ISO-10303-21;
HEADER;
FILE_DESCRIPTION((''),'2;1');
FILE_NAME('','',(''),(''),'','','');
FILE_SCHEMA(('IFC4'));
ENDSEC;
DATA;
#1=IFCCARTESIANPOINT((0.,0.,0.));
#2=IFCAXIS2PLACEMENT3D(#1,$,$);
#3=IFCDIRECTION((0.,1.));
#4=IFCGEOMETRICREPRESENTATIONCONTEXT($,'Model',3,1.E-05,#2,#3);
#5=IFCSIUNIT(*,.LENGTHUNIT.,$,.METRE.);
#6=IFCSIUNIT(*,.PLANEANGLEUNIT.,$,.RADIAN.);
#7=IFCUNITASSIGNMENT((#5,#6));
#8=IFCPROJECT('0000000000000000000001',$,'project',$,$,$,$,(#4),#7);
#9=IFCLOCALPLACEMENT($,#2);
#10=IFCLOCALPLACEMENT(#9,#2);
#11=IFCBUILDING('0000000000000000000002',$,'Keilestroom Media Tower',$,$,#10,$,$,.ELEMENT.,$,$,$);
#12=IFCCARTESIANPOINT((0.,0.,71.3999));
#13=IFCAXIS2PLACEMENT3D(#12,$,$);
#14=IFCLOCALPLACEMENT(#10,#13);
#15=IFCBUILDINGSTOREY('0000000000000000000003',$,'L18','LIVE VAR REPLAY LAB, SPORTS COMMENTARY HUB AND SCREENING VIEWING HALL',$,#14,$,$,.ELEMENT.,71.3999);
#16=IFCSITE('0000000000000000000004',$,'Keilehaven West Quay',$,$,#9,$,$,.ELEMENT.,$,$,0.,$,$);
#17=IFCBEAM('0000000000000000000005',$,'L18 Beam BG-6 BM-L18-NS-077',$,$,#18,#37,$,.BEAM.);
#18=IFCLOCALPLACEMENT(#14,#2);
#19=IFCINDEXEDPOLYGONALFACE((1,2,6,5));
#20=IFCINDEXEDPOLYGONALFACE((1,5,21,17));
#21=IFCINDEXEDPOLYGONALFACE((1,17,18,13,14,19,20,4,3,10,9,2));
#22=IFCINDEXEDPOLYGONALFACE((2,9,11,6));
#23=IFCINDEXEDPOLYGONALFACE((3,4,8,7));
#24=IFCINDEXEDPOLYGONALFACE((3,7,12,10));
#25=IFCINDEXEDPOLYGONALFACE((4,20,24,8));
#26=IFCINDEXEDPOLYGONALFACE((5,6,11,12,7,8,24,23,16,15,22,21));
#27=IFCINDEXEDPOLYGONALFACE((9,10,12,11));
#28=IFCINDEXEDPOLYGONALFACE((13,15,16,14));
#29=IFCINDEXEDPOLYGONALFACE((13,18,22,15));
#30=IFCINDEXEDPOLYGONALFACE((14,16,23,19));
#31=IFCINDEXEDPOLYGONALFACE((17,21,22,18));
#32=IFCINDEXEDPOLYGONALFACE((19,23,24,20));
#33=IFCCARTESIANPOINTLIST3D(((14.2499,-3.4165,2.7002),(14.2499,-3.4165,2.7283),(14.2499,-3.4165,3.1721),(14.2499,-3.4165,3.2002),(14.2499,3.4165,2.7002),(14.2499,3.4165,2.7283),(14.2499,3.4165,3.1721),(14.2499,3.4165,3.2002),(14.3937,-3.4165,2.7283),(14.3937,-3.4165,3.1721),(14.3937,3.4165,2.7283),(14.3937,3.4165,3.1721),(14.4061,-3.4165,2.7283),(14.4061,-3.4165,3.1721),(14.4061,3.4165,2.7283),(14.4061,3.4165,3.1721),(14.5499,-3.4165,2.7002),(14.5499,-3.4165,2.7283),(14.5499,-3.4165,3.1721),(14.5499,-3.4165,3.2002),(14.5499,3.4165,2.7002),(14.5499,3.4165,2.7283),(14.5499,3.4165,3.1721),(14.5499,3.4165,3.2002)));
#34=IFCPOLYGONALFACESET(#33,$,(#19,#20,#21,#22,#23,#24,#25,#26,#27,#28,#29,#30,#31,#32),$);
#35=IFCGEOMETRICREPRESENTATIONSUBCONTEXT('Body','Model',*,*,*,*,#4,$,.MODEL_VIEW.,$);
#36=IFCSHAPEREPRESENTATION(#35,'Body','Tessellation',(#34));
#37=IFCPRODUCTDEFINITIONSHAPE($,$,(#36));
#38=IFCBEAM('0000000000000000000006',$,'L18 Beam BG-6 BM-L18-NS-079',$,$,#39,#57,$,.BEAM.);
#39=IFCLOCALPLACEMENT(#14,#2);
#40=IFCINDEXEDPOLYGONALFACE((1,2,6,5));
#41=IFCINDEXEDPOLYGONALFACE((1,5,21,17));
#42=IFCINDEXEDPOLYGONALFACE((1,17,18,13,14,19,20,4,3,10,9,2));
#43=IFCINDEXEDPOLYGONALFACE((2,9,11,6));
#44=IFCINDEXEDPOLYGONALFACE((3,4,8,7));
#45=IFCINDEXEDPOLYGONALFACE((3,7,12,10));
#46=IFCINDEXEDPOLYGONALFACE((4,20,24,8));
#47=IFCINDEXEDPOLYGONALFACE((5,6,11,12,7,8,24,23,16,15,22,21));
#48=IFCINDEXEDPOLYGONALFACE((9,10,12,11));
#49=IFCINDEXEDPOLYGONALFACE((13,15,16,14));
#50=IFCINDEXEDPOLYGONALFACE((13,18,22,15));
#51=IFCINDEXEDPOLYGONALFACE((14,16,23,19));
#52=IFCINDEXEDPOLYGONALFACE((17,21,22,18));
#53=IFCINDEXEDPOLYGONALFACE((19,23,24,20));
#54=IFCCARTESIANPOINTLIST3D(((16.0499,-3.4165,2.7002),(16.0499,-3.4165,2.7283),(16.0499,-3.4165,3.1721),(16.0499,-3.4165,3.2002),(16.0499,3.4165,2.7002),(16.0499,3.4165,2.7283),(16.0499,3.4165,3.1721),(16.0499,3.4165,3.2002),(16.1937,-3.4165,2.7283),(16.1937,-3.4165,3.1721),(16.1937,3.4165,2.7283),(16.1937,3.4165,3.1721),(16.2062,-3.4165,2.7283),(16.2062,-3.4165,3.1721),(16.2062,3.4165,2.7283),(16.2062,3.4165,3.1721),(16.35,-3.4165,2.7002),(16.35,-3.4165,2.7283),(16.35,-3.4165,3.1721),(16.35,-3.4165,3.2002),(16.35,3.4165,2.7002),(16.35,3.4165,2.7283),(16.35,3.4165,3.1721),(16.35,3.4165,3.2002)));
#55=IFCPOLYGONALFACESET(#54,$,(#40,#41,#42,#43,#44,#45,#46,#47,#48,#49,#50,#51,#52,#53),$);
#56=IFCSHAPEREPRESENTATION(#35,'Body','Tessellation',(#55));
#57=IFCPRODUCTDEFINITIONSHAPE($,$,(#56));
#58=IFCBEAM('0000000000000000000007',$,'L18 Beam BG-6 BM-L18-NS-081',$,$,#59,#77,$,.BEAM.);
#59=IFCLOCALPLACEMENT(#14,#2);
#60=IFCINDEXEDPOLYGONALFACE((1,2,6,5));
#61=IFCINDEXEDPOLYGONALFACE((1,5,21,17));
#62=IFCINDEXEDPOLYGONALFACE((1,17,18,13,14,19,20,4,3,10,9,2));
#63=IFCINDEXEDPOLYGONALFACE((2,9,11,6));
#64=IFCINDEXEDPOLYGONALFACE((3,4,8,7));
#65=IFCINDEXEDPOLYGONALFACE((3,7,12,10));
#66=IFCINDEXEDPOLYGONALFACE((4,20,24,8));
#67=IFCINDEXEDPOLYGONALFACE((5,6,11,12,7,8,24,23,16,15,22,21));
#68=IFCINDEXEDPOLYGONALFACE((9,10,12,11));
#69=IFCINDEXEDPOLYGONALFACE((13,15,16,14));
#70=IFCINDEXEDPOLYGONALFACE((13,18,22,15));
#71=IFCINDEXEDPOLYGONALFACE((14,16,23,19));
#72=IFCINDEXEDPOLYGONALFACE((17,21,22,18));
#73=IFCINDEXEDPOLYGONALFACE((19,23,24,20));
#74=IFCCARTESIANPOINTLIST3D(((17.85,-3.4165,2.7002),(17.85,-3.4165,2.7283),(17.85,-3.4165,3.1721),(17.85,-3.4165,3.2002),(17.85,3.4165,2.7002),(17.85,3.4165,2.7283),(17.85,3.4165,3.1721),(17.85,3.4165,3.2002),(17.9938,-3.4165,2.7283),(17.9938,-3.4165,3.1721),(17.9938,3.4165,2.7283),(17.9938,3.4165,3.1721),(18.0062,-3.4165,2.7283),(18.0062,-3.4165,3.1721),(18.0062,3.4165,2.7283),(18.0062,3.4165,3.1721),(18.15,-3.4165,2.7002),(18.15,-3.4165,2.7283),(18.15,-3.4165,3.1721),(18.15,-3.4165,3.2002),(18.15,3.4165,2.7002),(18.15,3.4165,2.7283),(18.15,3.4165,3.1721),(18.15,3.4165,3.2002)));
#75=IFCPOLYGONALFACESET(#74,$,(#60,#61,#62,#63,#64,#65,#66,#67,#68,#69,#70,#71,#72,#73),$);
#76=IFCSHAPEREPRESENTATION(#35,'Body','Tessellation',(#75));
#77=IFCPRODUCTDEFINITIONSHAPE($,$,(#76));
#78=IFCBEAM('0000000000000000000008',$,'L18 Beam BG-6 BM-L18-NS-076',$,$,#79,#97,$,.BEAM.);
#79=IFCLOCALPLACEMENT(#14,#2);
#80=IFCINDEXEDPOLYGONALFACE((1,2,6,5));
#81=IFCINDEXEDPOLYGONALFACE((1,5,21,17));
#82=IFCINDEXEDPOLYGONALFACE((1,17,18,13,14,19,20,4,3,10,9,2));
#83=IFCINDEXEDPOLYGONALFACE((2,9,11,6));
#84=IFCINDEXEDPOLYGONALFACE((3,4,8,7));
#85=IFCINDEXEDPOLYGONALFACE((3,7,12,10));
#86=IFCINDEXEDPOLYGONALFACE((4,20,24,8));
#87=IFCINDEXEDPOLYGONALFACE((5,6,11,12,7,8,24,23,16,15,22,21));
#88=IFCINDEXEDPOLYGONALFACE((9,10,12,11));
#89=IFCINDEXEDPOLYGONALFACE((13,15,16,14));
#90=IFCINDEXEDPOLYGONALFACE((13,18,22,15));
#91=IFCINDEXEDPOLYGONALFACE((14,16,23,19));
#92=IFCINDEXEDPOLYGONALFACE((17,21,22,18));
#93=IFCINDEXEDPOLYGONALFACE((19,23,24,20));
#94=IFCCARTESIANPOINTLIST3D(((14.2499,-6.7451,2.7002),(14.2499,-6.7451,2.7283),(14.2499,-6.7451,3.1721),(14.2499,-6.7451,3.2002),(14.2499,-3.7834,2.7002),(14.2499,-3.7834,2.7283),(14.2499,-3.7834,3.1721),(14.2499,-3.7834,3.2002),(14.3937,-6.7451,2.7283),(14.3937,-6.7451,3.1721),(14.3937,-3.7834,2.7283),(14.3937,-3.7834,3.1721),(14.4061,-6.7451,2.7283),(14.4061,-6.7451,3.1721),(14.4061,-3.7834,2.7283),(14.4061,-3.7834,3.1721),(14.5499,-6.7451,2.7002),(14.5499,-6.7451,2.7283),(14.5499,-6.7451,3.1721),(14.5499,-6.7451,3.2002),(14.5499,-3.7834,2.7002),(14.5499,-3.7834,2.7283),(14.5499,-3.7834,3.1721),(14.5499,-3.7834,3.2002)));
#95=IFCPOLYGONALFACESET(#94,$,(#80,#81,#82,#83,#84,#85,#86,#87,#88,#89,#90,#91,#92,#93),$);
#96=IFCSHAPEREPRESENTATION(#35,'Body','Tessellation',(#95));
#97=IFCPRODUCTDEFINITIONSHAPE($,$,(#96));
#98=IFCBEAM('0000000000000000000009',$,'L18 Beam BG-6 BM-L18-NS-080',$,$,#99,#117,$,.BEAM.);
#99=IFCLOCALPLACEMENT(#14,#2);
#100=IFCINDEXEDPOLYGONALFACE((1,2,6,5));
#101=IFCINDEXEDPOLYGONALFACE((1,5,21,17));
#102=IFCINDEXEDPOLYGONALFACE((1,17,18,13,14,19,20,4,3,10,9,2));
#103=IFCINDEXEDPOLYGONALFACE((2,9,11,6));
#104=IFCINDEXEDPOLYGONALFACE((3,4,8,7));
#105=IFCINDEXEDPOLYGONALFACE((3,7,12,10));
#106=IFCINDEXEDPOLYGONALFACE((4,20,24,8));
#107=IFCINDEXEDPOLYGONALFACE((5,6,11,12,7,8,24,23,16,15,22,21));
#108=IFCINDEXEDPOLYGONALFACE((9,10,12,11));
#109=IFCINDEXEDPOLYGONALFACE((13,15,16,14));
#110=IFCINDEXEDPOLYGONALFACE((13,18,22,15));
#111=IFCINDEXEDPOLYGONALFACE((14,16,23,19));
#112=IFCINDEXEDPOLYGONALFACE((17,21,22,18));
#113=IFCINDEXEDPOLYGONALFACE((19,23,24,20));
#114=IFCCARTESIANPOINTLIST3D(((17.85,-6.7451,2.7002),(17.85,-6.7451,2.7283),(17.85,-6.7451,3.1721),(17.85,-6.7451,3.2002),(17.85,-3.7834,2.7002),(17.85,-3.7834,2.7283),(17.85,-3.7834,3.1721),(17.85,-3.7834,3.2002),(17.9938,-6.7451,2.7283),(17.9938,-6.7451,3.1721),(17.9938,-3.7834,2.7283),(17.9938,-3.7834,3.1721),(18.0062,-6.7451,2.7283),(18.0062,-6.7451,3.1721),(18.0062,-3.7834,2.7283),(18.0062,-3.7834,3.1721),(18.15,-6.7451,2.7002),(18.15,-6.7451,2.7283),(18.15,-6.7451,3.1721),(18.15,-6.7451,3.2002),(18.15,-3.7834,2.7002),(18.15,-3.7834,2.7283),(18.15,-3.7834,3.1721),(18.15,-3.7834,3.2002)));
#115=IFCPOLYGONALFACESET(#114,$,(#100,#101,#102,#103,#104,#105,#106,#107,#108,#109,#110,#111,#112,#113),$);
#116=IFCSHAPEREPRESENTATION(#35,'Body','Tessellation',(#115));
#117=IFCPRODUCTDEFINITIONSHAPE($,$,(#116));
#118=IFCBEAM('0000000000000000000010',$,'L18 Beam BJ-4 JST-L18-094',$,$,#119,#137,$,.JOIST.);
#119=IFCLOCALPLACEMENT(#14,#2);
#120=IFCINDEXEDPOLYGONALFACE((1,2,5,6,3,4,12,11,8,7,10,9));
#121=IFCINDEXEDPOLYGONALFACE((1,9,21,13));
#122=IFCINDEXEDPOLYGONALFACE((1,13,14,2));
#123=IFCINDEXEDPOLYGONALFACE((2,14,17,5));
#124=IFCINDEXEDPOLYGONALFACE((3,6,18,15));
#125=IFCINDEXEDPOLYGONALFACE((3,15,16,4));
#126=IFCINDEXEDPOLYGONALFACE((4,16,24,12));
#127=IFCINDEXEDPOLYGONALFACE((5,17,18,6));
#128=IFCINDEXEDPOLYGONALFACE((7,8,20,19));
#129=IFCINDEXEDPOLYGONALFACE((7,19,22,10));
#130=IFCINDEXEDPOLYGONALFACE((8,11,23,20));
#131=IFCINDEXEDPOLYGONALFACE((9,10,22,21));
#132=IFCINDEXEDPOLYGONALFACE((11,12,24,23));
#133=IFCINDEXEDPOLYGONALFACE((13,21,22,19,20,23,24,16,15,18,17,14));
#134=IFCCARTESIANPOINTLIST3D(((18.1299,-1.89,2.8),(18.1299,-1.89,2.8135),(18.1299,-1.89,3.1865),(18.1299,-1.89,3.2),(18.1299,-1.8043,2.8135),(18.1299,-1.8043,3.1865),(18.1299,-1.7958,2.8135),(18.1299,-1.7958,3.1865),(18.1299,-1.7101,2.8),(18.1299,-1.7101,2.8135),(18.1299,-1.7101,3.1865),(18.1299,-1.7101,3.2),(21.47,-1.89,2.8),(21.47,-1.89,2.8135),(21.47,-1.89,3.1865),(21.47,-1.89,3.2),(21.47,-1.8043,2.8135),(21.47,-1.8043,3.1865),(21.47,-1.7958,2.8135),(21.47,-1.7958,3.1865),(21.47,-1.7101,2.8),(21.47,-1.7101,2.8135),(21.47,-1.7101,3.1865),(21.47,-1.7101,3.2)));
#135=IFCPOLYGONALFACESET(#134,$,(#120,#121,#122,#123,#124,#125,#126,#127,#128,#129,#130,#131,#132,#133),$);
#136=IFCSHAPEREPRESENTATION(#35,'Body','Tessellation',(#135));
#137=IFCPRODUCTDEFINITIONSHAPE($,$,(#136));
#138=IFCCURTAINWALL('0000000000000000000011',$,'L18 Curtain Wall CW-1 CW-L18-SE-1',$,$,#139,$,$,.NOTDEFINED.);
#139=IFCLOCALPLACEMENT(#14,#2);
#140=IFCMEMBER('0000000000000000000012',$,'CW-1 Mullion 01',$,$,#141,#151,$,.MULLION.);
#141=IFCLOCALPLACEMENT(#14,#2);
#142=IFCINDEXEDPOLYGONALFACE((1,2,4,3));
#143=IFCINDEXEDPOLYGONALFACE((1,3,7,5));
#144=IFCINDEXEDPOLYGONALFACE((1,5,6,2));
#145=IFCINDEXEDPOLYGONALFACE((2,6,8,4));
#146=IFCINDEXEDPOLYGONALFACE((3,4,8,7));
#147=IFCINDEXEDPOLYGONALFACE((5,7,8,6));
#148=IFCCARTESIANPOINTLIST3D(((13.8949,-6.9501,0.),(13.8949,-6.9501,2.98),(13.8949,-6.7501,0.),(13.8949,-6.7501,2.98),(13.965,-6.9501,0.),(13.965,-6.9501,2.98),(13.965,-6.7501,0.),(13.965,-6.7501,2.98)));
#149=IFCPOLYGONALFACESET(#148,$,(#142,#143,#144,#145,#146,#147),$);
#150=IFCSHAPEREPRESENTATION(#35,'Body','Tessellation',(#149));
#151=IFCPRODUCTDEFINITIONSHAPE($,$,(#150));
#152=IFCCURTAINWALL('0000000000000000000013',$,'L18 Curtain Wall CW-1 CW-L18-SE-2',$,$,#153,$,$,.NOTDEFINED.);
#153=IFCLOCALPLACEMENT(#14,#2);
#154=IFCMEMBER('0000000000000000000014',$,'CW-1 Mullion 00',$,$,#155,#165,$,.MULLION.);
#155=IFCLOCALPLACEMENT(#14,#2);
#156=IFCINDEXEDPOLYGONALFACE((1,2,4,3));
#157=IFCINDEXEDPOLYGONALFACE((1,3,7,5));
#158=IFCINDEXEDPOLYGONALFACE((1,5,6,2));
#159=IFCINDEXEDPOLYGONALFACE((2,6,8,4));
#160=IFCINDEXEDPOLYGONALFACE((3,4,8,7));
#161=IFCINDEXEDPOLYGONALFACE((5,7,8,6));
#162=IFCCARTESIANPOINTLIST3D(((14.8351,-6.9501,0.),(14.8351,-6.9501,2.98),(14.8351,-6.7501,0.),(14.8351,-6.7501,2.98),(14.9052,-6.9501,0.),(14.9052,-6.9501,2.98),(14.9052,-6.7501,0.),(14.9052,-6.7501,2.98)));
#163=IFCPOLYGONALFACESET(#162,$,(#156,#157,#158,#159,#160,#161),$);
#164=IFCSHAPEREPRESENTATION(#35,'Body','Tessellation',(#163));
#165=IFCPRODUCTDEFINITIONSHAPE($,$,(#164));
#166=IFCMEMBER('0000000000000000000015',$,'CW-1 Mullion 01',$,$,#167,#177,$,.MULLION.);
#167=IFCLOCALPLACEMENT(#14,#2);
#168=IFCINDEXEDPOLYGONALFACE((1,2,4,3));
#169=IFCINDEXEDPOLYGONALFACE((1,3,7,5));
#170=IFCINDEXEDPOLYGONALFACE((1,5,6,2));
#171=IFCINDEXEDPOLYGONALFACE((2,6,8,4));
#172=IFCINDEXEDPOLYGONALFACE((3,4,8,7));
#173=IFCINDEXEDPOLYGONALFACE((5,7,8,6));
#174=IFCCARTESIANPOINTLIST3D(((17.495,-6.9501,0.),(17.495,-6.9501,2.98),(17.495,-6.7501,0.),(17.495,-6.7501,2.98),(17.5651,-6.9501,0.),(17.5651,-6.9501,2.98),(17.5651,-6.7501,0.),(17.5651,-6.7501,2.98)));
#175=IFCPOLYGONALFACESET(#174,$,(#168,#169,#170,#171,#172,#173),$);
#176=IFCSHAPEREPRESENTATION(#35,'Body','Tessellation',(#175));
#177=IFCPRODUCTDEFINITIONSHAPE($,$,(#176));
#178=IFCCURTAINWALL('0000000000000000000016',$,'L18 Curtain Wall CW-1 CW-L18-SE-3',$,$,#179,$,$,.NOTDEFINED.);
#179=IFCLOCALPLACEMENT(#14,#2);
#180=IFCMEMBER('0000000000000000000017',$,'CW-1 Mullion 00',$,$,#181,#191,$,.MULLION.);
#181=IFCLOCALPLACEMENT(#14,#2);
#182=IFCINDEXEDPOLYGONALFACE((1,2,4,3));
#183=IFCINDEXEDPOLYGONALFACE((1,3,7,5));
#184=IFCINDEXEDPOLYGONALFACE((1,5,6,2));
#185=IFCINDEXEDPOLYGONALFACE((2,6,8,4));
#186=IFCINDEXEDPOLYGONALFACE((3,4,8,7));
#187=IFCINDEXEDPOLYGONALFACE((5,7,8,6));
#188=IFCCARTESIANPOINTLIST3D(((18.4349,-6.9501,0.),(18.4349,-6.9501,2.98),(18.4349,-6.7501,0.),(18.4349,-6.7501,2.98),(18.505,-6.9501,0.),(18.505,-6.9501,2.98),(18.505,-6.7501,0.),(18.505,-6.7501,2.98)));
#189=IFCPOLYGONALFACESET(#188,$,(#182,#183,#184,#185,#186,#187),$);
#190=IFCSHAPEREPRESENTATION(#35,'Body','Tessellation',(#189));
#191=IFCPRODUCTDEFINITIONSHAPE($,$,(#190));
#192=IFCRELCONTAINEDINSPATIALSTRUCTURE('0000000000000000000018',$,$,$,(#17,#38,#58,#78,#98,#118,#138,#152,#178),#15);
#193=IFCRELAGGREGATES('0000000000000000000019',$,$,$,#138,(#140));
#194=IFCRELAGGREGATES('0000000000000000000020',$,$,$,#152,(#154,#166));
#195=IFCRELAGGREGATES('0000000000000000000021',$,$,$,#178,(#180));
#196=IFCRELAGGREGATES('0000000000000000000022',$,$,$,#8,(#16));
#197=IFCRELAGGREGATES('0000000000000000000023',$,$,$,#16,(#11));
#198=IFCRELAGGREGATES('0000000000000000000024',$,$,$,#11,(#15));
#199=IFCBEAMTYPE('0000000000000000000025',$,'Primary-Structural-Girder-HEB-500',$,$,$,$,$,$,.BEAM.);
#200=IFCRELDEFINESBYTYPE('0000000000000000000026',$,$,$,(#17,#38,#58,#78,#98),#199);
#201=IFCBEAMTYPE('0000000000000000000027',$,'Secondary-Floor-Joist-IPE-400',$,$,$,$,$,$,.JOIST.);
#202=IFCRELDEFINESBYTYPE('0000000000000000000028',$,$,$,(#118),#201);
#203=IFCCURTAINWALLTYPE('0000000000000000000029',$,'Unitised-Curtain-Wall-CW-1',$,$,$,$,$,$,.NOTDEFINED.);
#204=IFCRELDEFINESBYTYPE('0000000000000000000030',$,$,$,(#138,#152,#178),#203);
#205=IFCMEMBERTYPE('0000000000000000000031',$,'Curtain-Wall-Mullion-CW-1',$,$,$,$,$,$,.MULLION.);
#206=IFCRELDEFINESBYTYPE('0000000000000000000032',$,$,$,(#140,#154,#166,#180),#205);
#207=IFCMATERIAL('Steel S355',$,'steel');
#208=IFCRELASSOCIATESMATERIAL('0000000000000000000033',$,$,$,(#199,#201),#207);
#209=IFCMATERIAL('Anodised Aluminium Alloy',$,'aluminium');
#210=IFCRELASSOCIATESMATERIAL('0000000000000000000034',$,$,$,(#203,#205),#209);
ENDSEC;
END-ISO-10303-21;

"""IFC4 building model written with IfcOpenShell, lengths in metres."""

from ifc_helpers import new_model, si_unit, direction, frame, origin, origin_2d, place, context, subcontext, project, spatial, rectangle, i_section, extrude, source, transform, mapped, material, material_profile, profile_set, type_object, element, aggregate, save


model = new_model("IFC4")

# Units and contexts
model_context = context("Model", 3, precision=1e-05, world=origin(), true_north=direction((0.0, 1.0)))
body_context = subcontext(model_context, "Body", "Model", "MODEL_VIEW")
ifc_project = project(units=[si_unit("LENGTHUNIT", "METRE"), si_unit("PLANEANGLEUNIT", "RADIAN")], contexts=[model_context])

# Site, building, storey
site_placement = place(None, origin())
site = spatial("IfcSite", under=ifc_project, at=site_placement, Name="Keilehaven West Quay", CompositionType="ELEMENT", RefElevation=0.0)
building_placement = place(site_placement, origin())
building = spatial("IfcBuilding", under=site, at=building_placement, Name="Keilestroom Media Tower", CompositionType="ELEMENT")
storey_placement = place(building_placement, frame((0.0, 0.0, 71.3999)))
storey = spatial("IfcBuildingStorey", under=building, at=storey_placement, Name="L18", Description="LIVE VAR REPLAY LAB, SPORTS COMMENTARY HUB AND SCREENING VIEWING HALL", CompositionType="ELEMENT", Elevation=71.3999)

# Beams
ifc_material_1 = material(Name="Steel S355", Category="steel")
ifc_material_profile_1 = material_profile(ifc_material_1, i_section(OverallWidth=0.3, OverallDepth=0.5, WebThickness=0.0125, FlangeThickness=0.0281, at=origin_2d()), Name="HEB 500")
ifc_profile_set_1 = profile_set([ifc_material_profile_1], Name="Steel S355")
beam_type_1 = type_object("IfcBeamType", Name="Primary-Structural-Girder-HEB-500", PredefinedType="BEAM", material=ifc_profile_set_1)
shared_shape_1 = source(origin(), body_context, "Body", "SweptSolid", [
    extrude(i_section(OverallWidth=0.3, OverallDepth=0.5, WebThickness=0.0125, FlangeThickness=0.0281, at=origin_2d()), origin(), (0.0, 0.0, 1.0), 6.833),
])
for number, where, z_axis, x_axis, name in (
    (1, (14.3999, -3.4165, 2.9502), (0.0, 1.0, 0.0), (-1.0, 0.0, 0.0), "L18 Beam BG-6 BM-L18-NS-077"),
    (2, (16.2, -3.4165, 2.9502), (0.0, 1.0, 0.0), (-1.0, 0.0, 0.0), "L18 Beam BG-6 BM-L18-NS-079"),
    (3, (18.0, -3.4165, 2.9502), (0.0, 1.0, 0.0), (-1.0, 0.0, 0.0), "L18 Beam BG-6 BM-L18-NS-081"),
):
    element("IfcBeam", number, at=place(storey_placement, frame(where, z_axis=z_axis, x_axis=x_axis)), inside=storey, type_object=beam_type_1, Name=name, PredefinedType="BEAM", context=body_context, shape_type="MappedRepresentation", body=[
        mapped(shared_shape_1, transform((0.0, 0.0, 0.0), x_axis=(1.0, 0.0, 0.0), y_axis=(0.0, 1.0, 0.0), z_axis=(0.0, 0.0, 1.0), scale=1.0)),
    ])
shared_shape_2 = source(origin(), body_context, "Body", "SweptSolid", [
    extrude(i_section(OverallWidth=0.3, OverallDepth=0.5, WebThickness=0.0125, FlangeThickness=0.0281, at=origin_2d()), origin(), (0.0, 0.0, 1.0), 2.9617),
])
for number, where, z_axis, x_axis, name in (
    (4, (14.3999, -6.7451, 2.9502), (0.0, 1.0, 0.0), (-1.0, 0.0, 0.0), "L18 Beam BG-6 BM-L18-NS-076"),
    (5, (18.0, -6.7451, 2.9502), (0.0, 1.0, 0.0), (-1.0, 0.0, 0.0), "L18 Beam BG-6 BM-L18-NS-080"),
):
    element("IfcBeam", number, at=place(storey_placement, frame(where, z_axis=z_axis, x_axis=x_axis)), inside=storey, type_object=beam_type_1, Name=name, PredefinedType="BEAM", context=body_context, shape_type="MappedRepresentation", body=[
        mapped(shared_shape_2, transform((0.0, 0.0, 0.0), x_axis=(1.0, 0.0, 0.0), y_axis=(0.0, 1.0, 0.0), z_axis=(0.0, 0.0, 1.0), scale=1.0)),
    ])
ifc_material_profile_2 = material_profile(ifc_material_1, i_section(OverallWidth=0.1799, OverallDepth=0.3999, WebThickness=0.0085, FlangeThickness=0.0134, at=origin_2d()), Name="IPE 400")
ifc_profile_set_2 = profile_set([ifc_material_profile_2], Name="Steel S355")
beam_type_2 = type_object("IfcBeamType", Name="Secondary-Floor-Joist-IPE-400", PredefinedType="JOIST", material=ifc_profile_set_2)
shared_shape_3 = source(origin(), body_context, "Body", "SweptSolid", [
    extrude(i_section(OverallWidth=0.1799, OverallDepth=0.3999, WebThickness=0.0085, FlangeThickness=0.0134, at=origin_2d()), origin(), (0.0, 0.0, 1.0), 3.3401),
])
beam_1_placement = place(storey_placement, frame((18.1299, -1.8, 3.0), z_axis=(1.0, 0.0, 0.0), x_axis=(0.0, 1.0, 0.0)))
element("IfcBeam", 6, at=beam_1_placement, inside=storey, type_object=beam_type_2, Name="L18 Beam BJ-4 JST-L18-094", PredefinedType="JOIST", context=body_context, shape_type="MappedRepresentation", body=[
    mapped(shared_shape_3, transform((0.0, 0.0, 0.0), x_axis=(1.0, 0.0, 0.0), y_axis=(0.0, 1.0, 0.0), z_axis=(0.0, 0.0, 1.0), scale=1.0)),
])

# Curtain wall, member
ifc_material_2 = material(Name="Anodised Aluminium Alloy", Category="aluminium")
curtain_wall_type = type_object("IfcCurtainWallType", Name="Unitised-Curtain-Wall-CW-1", PredefinedType="NOTDEFINED", material=ifc_material_2)
curtain_wall_1_placement = place(storey_placement, origin())
curtain_wall_1 = element("IfcCurtainWall", 7, at=curtain_wall_1_placement, inside=storey, type_object=curtain_wall_type, Name="L18 Curtain Wall CW-1 CW-L18-SE-1", PredefinedType="NOTDEFINED")
ifc_material_profile_3 = material_profile(ifc_material_2, rectangle(XDim=0.0701, YDim=0.2, at=origin_2d()), Name="ALU MULLION 70x200")
ifc_profile_set_3 = profile_set([ifc_material_profile_3], Name="Anodised Aluminium Alloy")
member_type_1 = type_object("IfcMemberType", Name="Curtain-Wall-Mullion-CW-1", PredefinedType="MULLION", material=ifc_profile_set_3)
shared_shape_4 = source(origin(), body_context, "Body", "SweptSolid", [
    extrude(rectangle(XDim=0.0701, YDim=0.2, at=origin_2d()), origin(), (0.0, 0.0, 1.0), 2.98),
])
member_1_placement = place(storey_placement, frame((13.9299, -6.8501, 0.0), z_axis=(0.0, 0.0, 1.0), x_axis=(1.0, 0.0, 0.0)))
member_1 = element("IfcMember", 8, at=member_1_placement, type_object=member_type_1, Name="CW-1 Mullion 01", PredefinedType="MULLION", context=body_context, shape_type="MappedRepresentation", body=[
    mapped(shared_shape_4, transform((0.0, 0.0, 0.0), x_axis=(1.0, 0.0, 0.0), y_axis=(0.0, 1.0, 0.0), z_axis=(0.0, 0.0, 1.0), scale=1.0)),
])
aggregate(curtain_wall_1, [member_1])

# Curtain walls, members
curtain_wall_2_placement = place(storey_placement, origin())
curtain_wall_2 = element("IfcCurtainWall", 9, at=curtain_wall_2_placement, inside=storey, type_object=curtain_wall_type, Name="L18 Curtain Wall CW-1 CW-L18-SE-2", PredefinedType="NOTDEFINED")
member_2_placement = place(storey_placement, frame((14.8701, -6.8501, 0.0), z_axis=(0.0, 0.0, 1.0), x_axis=(1.0, 0.0, 0.0)))
member_2 = element("IfcMember", 10, at=member_2_placement, type_object=member_type_1, Name="CW-1 Mullion 00", PredefinedType="MULLION", context=body_context, shape_type="MappedRepresentation", body=[
    mapped(shared_shape_4, transform((0.0, 0.0, 0.0), x_axis=(1.0, 0.0, 0.0), y_axis=(0.0, 1.0, 0.0), z_axis=(0.0, 0.0, 1.0), scale=1.0)),
])
member_3_placement = place(storey_placement, frame((17.53, -6.8501, 0.0), z_axis=(0.0, 0.0, 1.0), x_axis=(1.0, 0.0, 0.0)))
member_3 = element("IfcMember", 11, at=member_3_placement, type_object=member_type_1, Name="CW-1 Mullion 01", PredefinedType="MULLION", context=body_context, shape_type="MappedRepresentation", body=[
    mapped(shared_shape_4, transform((0.0, 0.0, 0.0), x_axis=(1.0, 0.0, 0.0), y_axis=(0.0, 1.0, 0.0), z_axis=(0.0, 0.0, 1.0), scale=1.0)),
])
curtain_wall_3_placement = place(storey_placement, origin())
curtain_wall_3 = element("IfcCurtainWall", 12, at=curtain_wall_3_placement, inside=storey, type_object=curtain_wall_type, Name="L18 Curtain Wall CW-1 CW-L18-SE-3", PredefinedType="NOTDEFINED")
member_4_placement = place(storey_placement, frame((18.47, -6.8501, 0.0), z_axis=(0.0, 0.0, 1.0), x_axis=(1.0, 0.0, 0.0)))
member_4 = element("IfcMember", 13, at=member_4_placement, type_object=member_type_1, Name="CW-1 Mullion 00", PredefinedType="MULLION", context=body_context, shape_type="MappedRepresentation", body=[
    mapped(shared_shape_4, transform((0.0, 0.0, 0.0), x_axis=(1.0, 0.0, 0.0), y_axis=(0.0, 1.0, 0.0), z_axis=(0.0, 0.0, 1.0), scale=1.0)),
])

aggregate(curtain_wall_2, [member_2, member_3])
aggregate(curtain_wall_3, [member_4])

save(model, "model.ifc")
